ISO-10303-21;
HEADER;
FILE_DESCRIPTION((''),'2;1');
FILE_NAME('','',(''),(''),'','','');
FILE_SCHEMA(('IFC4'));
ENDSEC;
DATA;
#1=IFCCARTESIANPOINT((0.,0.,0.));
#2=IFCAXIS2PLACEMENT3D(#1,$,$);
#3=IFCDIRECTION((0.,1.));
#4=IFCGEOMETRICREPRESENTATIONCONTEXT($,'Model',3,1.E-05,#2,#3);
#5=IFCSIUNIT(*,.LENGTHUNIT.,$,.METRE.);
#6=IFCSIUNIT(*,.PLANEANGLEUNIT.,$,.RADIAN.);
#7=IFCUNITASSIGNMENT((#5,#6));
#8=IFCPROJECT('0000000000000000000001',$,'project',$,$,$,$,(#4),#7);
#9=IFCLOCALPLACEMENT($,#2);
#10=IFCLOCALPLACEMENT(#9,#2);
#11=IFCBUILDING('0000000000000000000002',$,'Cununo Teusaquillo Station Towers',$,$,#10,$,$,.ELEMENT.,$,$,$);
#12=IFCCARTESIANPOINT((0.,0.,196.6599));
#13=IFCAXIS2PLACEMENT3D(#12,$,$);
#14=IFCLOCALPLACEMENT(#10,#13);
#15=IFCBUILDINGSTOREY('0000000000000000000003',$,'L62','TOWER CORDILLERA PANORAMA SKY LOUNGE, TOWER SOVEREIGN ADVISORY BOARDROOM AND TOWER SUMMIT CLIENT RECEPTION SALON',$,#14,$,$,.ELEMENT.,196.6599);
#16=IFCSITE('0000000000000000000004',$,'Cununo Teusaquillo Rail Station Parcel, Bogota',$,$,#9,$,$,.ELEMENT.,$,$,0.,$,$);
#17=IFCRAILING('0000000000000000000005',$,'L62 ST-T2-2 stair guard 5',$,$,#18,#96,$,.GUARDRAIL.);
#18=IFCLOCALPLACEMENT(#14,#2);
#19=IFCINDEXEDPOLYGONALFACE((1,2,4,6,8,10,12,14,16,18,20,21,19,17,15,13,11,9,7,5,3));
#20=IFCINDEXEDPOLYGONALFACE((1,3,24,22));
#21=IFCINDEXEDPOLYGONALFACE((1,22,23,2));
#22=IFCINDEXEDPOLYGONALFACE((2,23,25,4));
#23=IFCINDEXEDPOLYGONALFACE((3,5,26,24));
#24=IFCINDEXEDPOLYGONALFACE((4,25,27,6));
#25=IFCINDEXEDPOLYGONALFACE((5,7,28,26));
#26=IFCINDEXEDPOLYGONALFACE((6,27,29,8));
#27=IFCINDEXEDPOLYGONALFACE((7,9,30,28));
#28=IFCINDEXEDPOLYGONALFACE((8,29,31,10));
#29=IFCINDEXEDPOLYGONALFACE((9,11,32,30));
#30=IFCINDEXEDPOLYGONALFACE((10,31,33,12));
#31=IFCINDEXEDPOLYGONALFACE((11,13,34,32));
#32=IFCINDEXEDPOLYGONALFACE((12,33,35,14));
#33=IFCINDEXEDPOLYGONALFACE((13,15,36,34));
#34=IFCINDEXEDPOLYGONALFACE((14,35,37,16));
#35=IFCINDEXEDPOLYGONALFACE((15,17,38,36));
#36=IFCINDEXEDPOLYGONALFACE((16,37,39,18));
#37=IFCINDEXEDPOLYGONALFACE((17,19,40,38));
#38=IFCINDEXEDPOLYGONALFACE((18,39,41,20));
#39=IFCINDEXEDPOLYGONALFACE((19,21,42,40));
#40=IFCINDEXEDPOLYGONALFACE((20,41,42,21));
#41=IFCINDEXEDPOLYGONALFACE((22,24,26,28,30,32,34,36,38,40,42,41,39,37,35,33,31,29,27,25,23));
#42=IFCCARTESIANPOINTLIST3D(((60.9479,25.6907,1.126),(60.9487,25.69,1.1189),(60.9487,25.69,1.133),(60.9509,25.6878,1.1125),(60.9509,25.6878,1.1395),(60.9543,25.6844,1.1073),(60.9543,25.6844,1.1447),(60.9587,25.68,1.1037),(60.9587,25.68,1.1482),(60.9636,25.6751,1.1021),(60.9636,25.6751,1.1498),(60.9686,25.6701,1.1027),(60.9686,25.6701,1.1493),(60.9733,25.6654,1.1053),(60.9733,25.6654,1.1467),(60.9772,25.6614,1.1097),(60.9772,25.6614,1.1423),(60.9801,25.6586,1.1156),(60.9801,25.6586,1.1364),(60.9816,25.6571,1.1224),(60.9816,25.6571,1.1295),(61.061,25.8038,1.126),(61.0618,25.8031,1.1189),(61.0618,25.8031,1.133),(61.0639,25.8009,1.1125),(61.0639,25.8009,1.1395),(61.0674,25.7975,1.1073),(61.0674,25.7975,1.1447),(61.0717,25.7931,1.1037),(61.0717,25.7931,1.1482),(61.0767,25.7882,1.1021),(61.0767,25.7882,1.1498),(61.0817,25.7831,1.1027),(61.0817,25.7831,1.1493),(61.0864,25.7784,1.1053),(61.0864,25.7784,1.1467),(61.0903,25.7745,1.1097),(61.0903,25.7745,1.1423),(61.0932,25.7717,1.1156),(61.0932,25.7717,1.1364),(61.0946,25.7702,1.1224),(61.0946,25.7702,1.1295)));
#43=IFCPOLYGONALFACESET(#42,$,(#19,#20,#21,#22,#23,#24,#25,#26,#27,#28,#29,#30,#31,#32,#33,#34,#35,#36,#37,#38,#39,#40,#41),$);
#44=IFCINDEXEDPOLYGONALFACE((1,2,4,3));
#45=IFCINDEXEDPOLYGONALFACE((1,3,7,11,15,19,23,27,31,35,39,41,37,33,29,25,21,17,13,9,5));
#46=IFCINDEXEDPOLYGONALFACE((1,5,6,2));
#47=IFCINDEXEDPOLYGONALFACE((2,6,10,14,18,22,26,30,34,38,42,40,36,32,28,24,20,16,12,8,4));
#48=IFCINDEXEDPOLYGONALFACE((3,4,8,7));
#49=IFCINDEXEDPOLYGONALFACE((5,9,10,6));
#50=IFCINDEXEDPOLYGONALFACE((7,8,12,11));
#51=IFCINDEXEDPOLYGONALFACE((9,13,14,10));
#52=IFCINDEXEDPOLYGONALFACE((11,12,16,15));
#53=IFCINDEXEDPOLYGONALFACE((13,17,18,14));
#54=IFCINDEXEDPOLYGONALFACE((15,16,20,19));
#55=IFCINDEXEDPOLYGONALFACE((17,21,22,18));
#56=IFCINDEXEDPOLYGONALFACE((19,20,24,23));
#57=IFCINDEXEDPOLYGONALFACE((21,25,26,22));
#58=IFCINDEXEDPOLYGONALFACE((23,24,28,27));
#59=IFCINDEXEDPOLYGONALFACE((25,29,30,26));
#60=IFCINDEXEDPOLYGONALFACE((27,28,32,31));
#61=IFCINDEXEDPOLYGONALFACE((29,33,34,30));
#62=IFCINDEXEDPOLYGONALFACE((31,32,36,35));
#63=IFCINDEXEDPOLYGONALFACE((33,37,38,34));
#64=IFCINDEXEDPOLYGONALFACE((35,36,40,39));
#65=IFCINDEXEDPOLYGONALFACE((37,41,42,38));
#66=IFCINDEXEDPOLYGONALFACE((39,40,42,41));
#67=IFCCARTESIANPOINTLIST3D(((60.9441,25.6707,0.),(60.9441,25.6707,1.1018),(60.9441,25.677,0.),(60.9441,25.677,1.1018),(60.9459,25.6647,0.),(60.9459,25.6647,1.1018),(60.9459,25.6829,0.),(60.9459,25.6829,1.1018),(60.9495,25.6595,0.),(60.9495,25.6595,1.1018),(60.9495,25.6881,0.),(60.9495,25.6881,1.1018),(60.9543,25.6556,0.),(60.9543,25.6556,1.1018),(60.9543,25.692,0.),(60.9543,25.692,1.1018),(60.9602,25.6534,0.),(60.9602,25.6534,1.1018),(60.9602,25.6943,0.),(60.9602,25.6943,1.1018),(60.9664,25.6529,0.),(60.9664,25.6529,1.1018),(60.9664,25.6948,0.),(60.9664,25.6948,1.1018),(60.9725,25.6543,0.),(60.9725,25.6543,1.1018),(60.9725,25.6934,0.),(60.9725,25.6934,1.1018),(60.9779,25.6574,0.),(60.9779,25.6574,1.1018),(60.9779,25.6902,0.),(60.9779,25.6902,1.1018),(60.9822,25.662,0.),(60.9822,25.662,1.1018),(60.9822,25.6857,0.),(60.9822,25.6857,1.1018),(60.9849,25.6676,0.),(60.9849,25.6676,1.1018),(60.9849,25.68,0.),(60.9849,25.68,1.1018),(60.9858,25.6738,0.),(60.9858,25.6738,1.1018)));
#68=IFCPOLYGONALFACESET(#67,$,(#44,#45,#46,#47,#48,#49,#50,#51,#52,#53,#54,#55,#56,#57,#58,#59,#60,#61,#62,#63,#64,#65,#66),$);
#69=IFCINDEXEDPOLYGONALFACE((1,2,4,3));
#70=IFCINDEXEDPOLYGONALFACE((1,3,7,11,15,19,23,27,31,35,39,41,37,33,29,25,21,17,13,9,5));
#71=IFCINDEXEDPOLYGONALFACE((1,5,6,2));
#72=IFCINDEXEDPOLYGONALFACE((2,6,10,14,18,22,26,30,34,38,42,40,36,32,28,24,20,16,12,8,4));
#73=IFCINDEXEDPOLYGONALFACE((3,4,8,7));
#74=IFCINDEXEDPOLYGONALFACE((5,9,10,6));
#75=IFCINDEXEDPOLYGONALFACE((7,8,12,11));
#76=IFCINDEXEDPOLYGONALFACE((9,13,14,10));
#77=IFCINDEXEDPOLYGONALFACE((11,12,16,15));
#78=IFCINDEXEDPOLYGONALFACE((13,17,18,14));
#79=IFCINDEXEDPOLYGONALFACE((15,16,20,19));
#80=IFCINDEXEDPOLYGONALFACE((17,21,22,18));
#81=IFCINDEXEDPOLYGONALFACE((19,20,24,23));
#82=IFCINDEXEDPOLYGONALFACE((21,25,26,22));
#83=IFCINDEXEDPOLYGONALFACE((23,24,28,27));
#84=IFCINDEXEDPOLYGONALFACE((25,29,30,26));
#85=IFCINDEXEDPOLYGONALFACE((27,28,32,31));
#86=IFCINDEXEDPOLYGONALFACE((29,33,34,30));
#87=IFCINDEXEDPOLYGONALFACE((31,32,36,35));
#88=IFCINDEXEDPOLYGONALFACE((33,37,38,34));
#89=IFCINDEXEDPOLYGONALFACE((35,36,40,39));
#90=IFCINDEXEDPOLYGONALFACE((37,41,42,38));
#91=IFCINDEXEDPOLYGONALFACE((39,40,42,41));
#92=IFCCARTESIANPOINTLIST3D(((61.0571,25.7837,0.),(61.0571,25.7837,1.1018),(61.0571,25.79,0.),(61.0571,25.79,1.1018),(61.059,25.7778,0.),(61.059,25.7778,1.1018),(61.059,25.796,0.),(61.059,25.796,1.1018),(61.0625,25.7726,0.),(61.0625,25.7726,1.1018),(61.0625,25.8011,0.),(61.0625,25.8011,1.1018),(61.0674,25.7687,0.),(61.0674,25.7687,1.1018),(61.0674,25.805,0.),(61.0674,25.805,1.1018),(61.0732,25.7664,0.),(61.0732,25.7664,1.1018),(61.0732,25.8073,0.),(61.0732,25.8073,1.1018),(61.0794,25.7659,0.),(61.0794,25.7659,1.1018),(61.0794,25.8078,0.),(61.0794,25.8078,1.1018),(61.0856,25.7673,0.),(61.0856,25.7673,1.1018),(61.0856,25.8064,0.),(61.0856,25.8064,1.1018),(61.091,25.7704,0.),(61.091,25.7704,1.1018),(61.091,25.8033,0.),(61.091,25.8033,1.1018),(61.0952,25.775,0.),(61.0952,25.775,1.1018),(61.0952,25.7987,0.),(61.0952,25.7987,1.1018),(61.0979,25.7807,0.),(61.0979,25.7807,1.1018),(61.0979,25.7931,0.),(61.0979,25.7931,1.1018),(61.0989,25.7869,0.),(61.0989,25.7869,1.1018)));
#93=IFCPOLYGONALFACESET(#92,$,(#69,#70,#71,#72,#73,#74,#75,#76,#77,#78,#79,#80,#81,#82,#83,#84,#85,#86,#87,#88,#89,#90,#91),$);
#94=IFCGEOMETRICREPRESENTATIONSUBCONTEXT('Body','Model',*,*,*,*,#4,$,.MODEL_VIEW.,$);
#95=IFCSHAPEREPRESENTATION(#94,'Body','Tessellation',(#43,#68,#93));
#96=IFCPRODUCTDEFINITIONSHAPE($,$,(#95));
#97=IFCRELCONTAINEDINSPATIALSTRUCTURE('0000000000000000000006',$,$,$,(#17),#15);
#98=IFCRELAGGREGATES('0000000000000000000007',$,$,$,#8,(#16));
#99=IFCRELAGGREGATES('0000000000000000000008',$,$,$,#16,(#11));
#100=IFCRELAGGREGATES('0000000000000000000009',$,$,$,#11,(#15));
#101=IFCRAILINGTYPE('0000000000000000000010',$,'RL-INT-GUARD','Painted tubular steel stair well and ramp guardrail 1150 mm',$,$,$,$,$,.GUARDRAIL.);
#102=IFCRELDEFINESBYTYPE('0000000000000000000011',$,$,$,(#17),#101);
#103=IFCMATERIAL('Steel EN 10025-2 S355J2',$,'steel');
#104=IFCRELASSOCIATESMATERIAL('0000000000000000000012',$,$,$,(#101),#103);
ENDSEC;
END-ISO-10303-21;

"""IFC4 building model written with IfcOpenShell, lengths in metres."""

from ifc_helpers import new_model, si_unit, direction, frame, origin, origin_2d, place, context, subcontext, project, spatial, circle, extrude, material, type_object, element, save


model = new_model("IFC4")

# Units and contexts
model_context = context("Model", 3, precision=1e-05, world=origin(), true_north=direction((0.0, 1.0)))
body_context = subcontext(model_context, "Body", "Model", "MODEL_VIEW")
ifc_project = project(units=[si_unit("LENGTHUNIT", "METRE"), si_unit("PLANEANGLEUNIT", "RADIAN")], contexts=[model_context])

# Site, building, storey
site_placement = place(None, origin())
site = spatial("IfcSite", under=ifc_project, at=site_placement, Name="Cununo Teusaquillo Rail Station Parcel, Bogota", CompositionType="ELEMENT", RefElevation=0.0)
building_placement = place(site_placement, origin())
building = spatial("IfcBuilding", under=site, at=building_placement, Name="Cununo Teusaquillo Station Towers", CompositionType="ELEMENT")
storey_placement = place(building_placement, frame((0.0, 0.0, 196.6599)))
storey = spatial("IfcBuildingStorey", under=building, at=storey_placement, Name="L62", Description="TOWER CORDILLERA PANORAMA SKY LOUNGE, TOWER SOVEREIGN ADVISORY BOARDROOM AND TOWER SUMMIT CLIENT RECEPTION SALON", CompositionType="ELEMENT", Elevation=196.6599)

# Railing
ifc_material_1 = material(Name="Steel EN 10025-2 S355J2", Category="steel")
railing_type_1 = type_object("IfcRailingType", Name="RL-INT-GUARD", Description="Painted tubular steel stair well and ramp guardrail 1150 mm", PredefinedType="GUARDRAIL", material=ifc_material_1)
railing_1_placement = place(storey_placement, frame((60.9648, 25.6738, 0.0)))
element("IfcRailing", 1, at=railing_1_placement, inside=storey, type_object=railing_type_1, Name="L62 ST-T2-2 stair guard 5", PredefinedType="GUARDRAIL", context=body_context, shape_type="SweptSolid", body=[
    extrude(circle(Radius=0.0239, at=origin_2d()), frame((0.0, 0.0, 1.126), z_axis=(0.707107, 0.707107, 0.0), x_axis=(-0.707107, 0.707107, 0.0)), (0.0, 0.0, 1.0), 0.1599),
    extrude(circle(Radius=0.021, at=origin_2d()), origin(), (0.0, 0.0, 1.0), 1.1018),
    extrude(circle(Radius=0.021, at=origin_2d()), frame((0.113, 0.113, 0.0)), (0.0, 0.0, 1.0), 1.1018),
])

save(model, "model.ifc")
